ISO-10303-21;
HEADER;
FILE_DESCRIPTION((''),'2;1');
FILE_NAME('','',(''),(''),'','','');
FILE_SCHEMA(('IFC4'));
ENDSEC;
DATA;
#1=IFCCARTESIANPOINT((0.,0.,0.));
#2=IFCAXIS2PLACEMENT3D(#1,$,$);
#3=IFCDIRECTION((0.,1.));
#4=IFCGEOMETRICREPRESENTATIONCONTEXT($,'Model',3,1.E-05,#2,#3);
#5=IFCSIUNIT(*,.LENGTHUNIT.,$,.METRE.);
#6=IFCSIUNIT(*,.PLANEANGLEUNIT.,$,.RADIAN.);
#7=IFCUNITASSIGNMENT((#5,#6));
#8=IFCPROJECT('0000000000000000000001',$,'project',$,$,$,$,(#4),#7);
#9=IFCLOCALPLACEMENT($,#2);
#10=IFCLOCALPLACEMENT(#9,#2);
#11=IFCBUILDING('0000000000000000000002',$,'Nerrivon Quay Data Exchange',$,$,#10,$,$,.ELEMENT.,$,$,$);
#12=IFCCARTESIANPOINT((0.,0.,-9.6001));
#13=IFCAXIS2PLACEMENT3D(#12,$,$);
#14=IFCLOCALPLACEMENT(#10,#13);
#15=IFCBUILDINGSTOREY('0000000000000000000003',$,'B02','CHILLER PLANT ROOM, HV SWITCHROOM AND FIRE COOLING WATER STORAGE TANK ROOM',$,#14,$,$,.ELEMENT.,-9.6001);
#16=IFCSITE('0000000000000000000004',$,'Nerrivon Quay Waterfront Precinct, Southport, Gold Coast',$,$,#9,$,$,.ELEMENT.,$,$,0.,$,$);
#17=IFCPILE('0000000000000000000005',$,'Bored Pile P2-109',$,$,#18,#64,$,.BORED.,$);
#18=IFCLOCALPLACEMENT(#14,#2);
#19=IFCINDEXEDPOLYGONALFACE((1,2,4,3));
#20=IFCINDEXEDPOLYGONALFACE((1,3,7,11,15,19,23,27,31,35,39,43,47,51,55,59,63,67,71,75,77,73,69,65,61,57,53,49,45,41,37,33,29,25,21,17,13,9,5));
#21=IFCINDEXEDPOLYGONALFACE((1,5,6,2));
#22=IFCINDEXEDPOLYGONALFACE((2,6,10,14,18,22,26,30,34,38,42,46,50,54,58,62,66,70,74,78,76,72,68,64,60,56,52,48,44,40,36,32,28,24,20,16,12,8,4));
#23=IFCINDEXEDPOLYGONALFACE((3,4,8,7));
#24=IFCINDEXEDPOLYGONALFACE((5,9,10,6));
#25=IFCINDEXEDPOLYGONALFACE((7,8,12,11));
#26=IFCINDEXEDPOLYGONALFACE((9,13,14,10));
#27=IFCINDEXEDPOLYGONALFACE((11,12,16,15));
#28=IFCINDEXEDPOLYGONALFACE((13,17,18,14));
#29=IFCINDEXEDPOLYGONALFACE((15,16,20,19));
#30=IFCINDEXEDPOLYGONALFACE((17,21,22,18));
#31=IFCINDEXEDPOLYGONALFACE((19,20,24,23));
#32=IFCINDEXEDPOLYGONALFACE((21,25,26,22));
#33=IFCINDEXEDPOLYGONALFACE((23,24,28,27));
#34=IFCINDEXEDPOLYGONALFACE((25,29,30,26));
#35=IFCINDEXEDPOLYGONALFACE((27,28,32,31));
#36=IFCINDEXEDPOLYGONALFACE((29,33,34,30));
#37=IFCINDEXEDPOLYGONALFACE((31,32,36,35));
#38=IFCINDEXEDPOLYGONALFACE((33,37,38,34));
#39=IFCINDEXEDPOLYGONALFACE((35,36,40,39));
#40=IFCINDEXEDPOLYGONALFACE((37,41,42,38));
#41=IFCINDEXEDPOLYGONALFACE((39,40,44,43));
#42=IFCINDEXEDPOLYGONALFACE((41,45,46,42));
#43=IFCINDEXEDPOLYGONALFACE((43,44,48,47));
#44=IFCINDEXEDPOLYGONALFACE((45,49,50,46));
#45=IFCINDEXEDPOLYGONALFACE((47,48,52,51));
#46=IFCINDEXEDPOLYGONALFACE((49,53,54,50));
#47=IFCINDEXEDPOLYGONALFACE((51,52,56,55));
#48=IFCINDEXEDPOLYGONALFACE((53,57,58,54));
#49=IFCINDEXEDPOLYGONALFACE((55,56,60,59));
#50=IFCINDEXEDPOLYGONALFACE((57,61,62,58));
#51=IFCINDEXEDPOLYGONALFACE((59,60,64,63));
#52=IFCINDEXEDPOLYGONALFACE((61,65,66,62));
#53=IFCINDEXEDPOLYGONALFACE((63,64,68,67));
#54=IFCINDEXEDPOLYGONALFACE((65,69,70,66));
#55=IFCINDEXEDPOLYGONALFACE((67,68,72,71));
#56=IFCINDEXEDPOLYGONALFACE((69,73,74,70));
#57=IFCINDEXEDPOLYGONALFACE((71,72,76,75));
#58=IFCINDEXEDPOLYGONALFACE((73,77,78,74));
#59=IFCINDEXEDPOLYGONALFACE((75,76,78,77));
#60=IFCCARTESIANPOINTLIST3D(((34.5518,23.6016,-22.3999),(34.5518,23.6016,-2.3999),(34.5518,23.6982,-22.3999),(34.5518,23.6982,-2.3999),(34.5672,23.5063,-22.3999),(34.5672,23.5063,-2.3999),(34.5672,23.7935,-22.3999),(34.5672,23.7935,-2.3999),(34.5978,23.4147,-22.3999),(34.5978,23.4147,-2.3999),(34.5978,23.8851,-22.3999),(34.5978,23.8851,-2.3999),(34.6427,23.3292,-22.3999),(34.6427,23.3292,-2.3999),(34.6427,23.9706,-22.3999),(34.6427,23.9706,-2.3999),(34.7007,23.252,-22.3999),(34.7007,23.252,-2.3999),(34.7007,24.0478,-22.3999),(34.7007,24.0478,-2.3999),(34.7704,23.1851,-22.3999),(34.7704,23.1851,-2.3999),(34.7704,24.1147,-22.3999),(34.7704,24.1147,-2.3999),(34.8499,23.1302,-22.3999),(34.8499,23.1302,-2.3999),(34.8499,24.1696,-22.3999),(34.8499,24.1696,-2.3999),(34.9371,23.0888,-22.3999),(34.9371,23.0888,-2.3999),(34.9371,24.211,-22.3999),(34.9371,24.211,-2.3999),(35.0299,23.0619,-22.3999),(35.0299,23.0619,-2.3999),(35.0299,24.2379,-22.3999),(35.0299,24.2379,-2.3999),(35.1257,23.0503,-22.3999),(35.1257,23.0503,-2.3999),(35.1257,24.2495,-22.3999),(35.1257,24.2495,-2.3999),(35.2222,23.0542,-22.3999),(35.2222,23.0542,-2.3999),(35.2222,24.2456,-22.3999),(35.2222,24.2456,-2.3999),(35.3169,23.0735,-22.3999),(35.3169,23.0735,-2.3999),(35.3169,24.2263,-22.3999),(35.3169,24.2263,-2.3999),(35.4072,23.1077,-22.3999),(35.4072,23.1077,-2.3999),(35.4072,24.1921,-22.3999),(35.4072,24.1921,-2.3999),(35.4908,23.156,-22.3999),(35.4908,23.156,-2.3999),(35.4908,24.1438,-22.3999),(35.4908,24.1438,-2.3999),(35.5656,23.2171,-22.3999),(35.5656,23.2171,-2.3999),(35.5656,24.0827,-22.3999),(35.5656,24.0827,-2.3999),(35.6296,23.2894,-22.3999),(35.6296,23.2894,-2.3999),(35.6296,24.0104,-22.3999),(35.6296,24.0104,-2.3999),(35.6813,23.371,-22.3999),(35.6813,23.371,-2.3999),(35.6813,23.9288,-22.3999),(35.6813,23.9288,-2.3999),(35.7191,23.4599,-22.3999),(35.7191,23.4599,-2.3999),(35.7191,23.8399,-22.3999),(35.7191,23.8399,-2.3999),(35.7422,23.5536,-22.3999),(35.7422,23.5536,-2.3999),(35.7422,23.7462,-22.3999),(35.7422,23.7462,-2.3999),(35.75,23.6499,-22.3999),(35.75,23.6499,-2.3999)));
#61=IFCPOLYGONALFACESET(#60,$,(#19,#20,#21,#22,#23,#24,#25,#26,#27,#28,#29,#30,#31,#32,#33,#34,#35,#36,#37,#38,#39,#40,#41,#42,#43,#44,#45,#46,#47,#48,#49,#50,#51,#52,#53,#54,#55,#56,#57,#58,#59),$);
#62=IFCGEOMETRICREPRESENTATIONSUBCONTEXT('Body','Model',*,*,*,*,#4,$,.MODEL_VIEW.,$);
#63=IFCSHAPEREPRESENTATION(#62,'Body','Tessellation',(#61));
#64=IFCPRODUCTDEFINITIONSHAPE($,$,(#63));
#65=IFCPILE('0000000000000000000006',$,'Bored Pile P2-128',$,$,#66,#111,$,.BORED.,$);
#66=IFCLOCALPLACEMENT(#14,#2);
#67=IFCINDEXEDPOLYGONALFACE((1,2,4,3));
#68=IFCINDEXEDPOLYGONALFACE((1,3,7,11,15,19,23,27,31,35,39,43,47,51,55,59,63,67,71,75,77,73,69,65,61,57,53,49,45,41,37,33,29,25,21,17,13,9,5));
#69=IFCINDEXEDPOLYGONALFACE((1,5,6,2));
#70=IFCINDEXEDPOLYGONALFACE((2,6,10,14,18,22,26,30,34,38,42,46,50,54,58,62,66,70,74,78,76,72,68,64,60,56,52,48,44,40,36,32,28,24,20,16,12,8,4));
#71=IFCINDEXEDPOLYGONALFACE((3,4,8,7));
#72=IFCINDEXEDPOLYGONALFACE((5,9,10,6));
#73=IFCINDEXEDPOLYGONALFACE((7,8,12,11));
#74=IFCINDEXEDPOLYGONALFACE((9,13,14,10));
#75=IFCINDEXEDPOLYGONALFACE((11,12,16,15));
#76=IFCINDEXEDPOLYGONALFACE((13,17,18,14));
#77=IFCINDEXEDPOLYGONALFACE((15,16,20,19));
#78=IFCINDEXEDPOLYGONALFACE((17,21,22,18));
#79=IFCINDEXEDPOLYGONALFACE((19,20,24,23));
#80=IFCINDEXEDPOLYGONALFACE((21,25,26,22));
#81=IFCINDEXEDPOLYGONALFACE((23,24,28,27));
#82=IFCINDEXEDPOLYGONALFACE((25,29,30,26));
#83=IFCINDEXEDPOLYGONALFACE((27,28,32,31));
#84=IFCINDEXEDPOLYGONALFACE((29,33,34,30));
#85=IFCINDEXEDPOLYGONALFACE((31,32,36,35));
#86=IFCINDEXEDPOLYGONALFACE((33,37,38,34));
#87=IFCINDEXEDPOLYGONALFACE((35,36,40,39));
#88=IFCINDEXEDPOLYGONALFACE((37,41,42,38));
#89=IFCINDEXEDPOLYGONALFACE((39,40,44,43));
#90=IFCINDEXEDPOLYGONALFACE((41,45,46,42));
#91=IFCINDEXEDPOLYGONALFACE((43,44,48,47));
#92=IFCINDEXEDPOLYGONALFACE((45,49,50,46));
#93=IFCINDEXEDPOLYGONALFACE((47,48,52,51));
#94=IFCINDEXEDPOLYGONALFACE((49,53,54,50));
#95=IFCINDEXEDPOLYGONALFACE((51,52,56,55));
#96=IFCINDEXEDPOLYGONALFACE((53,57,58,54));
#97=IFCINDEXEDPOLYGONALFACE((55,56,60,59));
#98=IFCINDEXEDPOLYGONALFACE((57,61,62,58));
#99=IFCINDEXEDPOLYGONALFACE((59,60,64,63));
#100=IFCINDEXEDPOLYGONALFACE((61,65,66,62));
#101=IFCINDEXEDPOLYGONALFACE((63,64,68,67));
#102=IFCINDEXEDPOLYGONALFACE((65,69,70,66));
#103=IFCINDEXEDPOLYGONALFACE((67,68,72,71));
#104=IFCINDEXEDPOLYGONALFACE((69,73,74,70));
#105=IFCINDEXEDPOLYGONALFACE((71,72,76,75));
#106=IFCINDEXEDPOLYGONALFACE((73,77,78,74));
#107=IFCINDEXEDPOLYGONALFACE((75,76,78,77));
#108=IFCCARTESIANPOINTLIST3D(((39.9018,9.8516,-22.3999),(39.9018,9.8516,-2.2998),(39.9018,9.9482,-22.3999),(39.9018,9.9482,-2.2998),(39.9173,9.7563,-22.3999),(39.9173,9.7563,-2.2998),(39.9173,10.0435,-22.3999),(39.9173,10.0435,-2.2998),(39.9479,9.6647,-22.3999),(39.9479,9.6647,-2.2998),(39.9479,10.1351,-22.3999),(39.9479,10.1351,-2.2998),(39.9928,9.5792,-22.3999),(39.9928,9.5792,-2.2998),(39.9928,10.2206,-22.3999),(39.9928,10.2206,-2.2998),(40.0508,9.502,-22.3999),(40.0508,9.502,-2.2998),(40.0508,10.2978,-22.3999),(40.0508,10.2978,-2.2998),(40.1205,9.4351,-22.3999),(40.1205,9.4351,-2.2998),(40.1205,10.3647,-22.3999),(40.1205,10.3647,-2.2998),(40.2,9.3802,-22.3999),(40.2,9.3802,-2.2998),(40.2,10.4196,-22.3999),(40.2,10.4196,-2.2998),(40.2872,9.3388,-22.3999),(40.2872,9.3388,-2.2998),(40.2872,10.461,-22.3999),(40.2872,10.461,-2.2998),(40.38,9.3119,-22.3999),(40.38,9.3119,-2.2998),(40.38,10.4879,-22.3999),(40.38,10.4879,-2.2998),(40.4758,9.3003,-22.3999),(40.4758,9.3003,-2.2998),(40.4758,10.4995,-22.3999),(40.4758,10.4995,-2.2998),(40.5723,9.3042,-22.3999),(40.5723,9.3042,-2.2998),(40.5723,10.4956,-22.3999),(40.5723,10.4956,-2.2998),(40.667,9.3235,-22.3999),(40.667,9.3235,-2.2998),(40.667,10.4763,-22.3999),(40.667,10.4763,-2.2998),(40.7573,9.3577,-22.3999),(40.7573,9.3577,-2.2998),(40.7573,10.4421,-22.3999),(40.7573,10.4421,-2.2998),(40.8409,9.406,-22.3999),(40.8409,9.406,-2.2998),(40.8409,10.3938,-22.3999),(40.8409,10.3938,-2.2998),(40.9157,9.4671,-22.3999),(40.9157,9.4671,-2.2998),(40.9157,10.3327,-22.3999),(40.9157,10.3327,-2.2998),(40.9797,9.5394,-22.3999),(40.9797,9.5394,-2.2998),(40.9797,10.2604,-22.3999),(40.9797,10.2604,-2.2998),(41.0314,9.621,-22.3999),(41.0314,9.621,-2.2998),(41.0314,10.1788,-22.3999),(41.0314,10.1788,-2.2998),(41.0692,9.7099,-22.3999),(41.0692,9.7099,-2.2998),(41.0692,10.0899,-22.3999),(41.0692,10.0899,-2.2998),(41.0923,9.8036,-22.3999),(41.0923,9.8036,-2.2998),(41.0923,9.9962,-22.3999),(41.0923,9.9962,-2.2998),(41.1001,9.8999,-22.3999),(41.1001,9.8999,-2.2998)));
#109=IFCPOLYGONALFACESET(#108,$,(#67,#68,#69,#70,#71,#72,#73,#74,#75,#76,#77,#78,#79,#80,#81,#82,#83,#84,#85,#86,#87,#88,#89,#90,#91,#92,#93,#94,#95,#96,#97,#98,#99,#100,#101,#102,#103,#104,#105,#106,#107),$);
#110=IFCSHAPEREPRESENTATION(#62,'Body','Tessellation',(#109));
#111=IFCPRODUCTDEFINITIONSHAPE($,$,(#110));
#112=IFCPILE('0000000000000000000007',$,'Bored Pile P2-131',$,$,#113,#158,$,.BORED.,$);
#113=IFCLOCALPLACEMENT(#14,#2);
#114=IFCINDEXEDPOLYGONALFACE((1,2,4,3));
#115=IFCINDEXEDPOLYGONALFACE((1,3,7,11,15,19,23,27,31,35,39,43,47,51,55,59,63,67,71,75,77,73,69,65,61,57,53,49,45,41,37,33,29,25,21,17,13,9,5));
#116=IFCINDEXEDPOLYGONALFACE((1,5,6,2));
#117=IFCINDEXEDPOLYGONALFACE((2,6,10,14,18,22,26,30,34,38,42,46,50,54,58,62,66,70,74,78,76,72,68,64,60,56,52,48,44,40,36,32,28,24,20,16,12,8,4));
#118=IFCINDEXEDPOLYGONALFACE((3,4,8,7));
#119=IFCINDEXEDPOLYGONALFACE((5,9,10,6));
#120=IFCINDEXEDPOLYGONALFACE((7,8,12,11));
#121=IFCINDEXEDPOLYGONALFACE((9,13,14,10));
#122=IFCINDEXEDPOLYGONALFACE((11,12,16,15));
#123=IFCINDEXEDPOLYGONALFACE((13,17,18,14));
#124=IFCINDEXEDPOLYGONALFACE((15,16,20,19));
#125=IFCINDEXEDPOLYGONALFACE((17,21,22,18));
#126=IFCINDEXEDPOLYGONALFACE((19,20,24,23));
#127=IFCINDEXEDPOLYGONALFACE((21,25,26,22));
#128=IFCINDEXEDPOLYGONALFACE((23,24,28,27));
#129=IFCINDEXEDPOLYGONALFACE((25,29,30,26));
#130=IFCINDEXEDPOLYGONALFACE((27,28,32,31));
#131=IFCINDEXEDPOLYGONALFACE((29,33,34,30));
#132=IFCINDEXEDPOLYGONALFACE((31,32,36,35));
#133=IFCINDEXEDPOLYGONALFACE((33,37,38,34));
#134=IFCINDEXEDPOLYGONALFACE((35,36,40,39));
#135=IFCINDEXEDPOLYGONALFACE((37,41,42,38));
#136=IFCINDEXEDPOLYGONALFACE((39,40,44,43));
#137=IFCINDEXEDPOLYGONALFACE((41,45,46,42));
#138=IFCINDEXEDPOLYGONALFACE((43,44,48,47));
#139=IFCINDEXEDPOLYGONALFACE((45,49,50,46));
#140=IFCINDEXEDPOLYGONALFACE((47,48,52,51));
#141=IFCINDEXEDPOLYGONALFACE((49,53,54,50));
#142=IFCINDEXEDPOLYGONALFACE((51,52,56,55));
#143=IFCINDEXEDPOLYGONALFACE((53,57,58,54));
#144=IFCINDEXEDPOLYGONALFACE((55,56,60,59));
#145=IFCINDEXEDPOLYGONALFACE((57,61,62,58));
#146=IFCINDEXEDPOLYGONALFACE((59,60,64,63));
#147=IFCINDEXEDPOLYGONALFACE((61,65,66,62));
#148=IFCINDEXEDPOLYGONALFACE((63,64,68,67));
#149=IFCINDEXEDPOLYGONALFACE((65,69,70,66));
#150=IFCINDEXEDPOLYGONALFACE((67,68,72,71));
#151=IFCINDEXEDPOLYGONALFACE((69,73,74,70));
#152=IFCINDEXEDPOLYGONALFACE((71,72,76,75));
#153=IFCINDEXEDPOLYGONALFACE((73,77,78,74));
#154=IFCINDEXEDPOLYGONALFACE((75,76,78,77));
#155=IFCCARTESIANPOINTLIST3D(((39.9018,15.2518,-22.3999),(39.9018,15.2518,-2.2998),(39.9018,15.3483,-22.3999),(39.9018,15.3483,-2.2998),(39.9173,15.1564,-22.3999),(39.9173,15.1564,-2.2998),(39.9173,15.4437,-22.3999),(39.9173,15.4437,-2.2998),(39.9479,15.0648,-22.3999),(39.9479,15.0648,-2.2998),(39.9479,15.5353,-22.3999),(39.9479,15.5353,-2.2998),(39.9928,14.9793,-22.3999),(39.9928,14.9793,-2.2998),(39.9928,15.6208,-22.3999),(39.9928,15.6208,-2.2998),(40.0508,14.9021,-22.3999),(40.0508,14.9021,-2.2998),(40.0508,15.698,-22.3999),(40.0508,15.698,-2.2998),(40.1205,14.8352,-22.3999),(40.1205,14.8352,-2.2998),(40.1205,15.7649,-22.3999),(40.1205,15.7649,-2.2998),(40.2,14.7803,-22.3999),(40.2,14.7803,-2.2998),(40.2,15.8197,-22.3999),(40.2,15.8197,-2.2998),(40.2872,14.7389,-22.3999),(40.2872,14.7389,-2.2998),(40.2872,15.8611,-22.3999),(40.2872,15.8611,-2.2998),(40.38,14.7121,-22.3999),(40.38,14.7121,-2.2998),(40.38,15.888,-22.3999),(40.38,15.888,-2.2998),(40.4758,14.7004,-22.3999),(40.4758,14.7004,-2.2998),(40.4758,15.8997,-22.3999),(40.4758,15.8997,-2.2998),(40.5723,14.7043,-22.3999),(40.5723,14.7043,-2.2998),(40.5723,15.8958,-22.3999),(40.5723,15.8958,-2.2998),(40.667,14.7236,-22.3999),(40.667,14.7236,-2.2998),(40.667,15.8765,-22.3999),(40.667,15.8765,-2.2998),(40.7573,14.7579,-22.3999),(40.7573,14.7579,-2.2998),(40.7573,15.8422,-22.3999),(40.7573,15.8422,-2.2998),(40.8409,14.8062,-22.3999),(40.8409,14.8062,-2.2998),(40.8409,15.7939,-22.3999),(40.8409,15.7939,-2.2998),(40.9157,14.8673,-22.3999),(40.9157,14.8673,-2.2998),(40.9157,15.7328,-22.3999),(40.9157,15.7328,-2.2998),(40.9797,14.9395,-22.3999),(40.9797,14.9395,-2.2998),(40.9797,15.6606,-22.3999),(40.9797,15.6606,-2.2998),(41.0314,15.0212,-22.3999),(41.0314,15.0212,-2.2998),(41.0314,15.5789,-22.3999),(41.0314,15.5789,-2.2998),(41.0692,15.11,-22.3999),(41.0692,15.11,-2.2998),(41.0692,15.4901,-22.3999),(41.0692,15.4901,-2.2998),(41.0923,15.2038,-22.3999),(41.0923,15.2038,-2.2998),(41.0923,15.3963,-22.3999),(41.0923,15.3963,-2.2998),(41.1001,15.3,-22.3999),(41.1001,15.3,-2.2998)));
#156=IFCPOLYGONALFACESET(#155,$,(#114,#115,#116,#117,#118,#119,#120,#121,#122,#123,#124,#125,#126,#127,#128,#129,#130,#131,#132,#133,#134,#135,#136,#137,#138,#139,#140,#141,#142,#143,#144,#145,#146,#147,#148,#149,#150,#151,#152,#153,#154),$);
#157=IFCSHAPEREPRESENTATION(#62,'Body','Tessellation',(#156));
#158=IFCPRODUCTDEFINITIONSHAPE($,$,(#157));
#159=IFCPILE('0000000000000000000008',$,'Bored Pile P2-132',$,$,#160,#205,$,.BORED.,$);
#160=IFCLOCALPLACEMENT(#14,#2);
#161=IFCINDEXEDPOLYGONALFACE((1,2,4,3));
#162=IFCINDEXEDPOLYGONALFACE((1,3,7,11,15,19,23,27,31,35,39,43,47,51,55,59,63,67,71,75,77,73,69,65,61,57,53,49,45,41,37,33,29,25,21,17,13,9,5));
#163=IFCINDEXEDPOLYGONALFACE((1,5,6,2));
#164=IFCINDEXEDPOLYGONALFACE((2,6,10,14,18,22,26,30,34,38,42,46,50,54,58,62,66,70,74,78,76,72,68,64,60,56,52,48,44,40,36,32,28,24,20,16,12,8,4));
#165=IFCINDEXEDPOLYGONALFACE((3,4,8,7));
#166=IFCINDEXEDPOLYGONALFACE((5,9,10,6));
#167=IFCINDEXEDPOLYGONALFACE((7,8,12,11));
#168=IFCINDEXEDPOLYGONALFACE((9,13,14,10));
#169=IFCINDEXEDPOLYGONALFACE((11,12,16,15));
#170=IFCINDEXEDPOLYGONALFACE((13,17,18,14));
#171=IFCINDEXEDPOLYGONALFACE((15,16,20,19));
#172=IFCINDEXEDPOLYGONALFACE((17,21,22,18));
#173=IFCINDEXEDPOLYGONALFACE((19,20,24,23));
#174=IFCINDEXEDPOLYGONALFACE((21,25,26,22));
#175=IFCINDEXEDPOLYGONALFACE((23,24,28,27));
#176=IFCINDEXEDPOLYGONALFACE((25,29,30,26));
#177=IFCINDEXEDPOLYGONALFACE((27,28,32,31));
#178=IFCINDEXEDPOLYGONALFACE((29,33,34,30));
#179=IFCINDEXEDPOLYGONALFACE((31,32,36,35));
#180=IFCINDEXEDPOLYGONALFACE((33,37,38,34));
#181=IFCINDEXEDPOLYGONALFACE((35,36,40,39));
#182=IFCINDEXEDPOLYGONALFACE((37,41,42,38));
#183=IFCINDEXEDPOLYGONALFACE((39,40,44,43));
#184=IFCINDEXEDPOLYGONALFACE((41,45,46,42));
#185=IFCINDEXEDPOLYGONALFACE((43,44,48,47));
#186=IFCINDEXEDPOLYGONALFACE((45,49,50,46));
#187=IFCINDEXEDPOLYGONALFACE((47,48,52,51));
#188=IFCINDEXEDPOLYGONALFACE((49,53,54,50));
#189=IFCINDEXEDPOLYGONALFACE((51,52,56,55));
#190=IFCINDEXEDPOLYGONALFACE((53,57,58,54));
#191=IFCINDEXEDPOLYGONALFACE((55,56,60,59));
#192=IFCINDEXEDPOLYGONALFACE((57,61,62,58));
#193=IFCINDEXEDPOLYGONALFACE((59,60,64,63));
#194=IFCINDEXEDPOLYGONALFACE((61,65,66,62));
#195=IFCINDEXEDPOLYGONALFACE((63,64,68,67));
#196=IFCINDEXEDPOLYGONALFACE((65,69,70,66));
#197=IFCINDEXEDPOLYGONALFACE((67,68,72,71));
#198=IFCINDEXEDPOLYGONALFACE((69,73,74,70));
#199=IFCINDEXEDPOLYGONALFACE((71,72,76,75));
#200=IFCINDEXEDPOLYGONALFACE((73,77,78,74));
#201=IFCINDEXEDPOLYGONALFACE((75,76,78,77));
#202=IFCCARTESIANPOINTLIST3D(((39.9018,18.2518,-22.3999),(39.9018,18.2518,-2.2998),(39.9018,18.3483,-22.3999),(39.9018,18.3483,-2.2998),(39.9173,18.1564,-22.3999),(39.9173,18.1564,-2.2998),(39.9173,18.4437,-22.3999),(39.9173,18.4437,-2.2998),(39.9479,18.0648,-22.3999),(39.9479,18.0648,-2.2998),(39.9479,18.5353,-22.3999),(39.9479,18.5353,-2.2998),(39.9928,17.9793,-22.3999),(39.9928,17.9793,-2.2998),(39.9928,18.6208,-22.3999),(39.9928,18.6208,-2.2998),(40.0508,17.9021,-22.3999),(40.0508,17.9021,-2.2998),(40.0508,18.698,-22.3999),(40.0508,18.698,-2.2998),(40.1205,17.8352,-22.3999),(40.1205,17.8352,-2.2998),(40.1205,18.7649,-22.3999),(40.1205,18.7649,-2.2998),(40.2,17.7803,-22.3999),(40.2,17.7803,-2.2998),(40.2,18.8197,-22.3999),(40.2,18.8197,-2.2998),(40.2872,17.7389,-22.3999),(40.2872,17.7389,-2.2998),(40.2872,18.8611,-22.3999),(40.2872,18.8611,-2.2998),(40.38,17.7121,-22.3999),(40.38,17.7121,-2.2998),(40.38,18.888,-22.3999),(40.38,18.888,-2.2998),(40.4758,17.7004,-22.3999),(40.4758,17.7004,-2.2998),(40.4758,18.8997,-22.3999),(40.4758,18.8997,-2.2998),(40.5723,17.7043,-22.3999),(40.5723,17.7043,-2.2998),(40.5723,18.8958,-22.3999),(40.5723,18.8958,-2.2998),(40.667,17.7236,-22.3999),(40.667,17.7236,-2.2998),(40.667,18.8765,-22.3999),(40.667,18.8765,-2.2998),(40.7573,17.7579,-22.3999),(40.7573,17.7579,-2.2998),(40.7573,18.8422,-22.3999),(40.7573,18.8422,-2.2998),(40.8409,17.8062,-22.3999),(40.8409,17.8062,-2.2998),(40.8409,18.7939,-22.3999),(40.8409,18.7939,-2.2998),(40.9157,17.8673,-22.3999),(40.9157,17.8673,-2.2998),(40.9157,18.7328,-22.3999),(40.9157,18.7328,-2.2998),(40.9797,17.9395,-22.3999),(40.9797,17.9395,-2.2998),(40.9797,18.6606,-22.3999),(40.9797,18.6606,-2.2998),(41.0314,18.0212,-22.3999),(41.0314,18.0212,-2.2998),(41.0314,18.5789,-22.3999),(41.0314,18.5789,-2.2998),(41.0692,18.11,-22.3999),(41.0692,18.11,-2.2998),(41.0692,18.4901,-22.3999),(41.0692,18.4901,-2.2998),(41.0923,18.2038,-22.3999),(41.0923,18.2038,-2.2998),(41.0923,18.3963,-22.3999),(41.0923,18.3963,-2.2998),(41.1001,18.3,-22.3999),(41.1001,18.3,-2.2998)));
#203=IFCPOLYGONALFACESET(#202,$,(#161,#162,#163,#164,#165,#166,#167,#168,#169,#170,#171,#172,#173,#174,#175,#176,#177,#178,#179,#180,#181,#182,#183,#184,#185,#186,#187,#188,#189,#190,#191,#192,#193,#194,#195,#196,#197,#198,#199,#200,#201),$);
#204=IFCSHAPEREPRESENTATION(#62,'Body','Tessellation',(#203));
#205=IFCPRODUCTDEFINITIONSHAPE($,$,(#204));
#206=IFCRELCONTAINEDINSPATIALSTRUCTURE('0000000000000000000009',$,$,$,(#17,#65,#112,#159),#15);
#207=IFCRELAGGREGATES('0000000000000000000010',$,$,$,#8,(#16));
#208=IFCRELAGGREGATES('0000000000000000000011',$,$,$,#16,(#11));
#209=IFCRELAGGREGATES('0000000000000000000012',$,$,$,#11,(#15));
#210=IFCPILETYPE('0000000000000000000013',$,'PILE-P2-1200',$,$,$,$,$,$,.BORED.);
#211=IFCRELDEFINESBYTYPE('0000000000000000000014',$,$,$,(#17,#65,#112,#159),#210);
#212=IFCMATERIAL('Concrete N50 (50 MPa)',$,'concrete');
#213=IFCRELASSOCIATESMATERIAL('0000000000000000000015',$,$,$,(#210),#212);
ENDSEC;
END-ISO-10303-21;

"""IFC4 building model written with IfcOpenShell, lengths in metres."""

from ifc_helpers import new_model, si_unit, direction, frame, origin, origin_2d, place, context, subcontext, project, spatial, circle, extrude, material, material_profile, profile_set, type_object, element, save


model = new_model("IFC4")

# Units and contexts
model_context = context("Model", 3, precision=1e-05, world=origin(), true_north=direction((0.0, 1.0)))
body_context = subcontext(model_context, "Body", "Model", "MODEL_VIEW")
ifc_project = project(units=[si_unit("LENGTHUNIT", "METRE"), si_unit("PLANEANGLEUNIT", "RADIAN")], contexts=[model_context])

# Site, building, storey
site_placement = place(None, origin())
site = spatial("IfcSite", under=ifc_project, at=site_placement, Name="Nerrivon Quay Waterfront Precinct, Southport, Gold Coast", CompositionType="ELEMENT", RefElevation=0.0)
building_placement = place(site_placement, origin())
building = spatial("IfcBuilding", under=site, at=building_placement, Name="Nerrivon Quay Data Exchange", CompositionType="ELEMENT")
storey_placement = place(building_placement, frame((0.0, 0.0, -9.6001)))
storey = spatial("IfcBuildingStorey", under=building, at=storey_placement, Name="B02", Description="CHILLER PLANT ROOM, HV SWITCHROOM AND FIRE COOLING WATER STORAGE TANK ROOM", CompositionType="ELEMENT", Elevation=-9.6001)

# Piles
ifc_material_1 = material(Name="Concrete N50 (50 MPa)", Category="concrete")
ifc_material_profile_1 = material_profile(ifc_material_1, circle(Radius=0.6001, at=origin_2d()), Name="PILE-1200")
ifc_profile_set_1 = profile_set([ifc_material_profile_1], Name="Concrete N50 (50 MPa)")
pile_type = type_object("IfcPileType", Name="PILE-P2-1200", PredefinedType="BORED", material=ifc_profile_set_1)
pile_placement = place(storey_placement, frame((35.1499, 23.6499, -2.3999), z_axis=(0.0, 0.0, -1.0), x_axis=(1.0, 0.0, 0.0)))
element("IfcPile", 1, at=pile_placement, inside=storey, type_object=pile_type, Name="Bored Pile P2-109", PredefinedType="BORED", context=body_context, shape_type="SweptSolid", body=[
    extrude(circle(Radius=0.6001, at=origin_2d()), origin(), (0.0, 0.0, 1.0), 20.0),
])
for number, where, z_axis, x_axis, name in (
    (2, (40.5, 9.8999, -2.2998), (0.0, 0.0, -1.0), (1.0, 0.0, 0.0), "Bored Pile P2-128"),
    (3, (40.5, 15.3, -2.2998), (0.0, 0.0, -1.0), (1.0, 0.0, 0.0), "Bored Pile P2-131"),
    (4, (40.5, 18.3, -2.2998), (0.0, 0.0, -1.0), (1.0, 0.0, 0.0), "Bored Pile P2-132"),
):
    element("IfcPile", number, at=place(storey_placement, frame(where, z_axis=z_axis, x_axis=x_axis)), inside=storey, type_object=pile_type, Name=name, PredefinedType="BORED", context=body_context, shape_type="SweptSolid", body=[
        extrude(circle(Radius=0.6001, at=origin_2d()), origin(), (0.0, 0.0, 1.0), 20.1001),
    ])

save(model, "model.ifc")
